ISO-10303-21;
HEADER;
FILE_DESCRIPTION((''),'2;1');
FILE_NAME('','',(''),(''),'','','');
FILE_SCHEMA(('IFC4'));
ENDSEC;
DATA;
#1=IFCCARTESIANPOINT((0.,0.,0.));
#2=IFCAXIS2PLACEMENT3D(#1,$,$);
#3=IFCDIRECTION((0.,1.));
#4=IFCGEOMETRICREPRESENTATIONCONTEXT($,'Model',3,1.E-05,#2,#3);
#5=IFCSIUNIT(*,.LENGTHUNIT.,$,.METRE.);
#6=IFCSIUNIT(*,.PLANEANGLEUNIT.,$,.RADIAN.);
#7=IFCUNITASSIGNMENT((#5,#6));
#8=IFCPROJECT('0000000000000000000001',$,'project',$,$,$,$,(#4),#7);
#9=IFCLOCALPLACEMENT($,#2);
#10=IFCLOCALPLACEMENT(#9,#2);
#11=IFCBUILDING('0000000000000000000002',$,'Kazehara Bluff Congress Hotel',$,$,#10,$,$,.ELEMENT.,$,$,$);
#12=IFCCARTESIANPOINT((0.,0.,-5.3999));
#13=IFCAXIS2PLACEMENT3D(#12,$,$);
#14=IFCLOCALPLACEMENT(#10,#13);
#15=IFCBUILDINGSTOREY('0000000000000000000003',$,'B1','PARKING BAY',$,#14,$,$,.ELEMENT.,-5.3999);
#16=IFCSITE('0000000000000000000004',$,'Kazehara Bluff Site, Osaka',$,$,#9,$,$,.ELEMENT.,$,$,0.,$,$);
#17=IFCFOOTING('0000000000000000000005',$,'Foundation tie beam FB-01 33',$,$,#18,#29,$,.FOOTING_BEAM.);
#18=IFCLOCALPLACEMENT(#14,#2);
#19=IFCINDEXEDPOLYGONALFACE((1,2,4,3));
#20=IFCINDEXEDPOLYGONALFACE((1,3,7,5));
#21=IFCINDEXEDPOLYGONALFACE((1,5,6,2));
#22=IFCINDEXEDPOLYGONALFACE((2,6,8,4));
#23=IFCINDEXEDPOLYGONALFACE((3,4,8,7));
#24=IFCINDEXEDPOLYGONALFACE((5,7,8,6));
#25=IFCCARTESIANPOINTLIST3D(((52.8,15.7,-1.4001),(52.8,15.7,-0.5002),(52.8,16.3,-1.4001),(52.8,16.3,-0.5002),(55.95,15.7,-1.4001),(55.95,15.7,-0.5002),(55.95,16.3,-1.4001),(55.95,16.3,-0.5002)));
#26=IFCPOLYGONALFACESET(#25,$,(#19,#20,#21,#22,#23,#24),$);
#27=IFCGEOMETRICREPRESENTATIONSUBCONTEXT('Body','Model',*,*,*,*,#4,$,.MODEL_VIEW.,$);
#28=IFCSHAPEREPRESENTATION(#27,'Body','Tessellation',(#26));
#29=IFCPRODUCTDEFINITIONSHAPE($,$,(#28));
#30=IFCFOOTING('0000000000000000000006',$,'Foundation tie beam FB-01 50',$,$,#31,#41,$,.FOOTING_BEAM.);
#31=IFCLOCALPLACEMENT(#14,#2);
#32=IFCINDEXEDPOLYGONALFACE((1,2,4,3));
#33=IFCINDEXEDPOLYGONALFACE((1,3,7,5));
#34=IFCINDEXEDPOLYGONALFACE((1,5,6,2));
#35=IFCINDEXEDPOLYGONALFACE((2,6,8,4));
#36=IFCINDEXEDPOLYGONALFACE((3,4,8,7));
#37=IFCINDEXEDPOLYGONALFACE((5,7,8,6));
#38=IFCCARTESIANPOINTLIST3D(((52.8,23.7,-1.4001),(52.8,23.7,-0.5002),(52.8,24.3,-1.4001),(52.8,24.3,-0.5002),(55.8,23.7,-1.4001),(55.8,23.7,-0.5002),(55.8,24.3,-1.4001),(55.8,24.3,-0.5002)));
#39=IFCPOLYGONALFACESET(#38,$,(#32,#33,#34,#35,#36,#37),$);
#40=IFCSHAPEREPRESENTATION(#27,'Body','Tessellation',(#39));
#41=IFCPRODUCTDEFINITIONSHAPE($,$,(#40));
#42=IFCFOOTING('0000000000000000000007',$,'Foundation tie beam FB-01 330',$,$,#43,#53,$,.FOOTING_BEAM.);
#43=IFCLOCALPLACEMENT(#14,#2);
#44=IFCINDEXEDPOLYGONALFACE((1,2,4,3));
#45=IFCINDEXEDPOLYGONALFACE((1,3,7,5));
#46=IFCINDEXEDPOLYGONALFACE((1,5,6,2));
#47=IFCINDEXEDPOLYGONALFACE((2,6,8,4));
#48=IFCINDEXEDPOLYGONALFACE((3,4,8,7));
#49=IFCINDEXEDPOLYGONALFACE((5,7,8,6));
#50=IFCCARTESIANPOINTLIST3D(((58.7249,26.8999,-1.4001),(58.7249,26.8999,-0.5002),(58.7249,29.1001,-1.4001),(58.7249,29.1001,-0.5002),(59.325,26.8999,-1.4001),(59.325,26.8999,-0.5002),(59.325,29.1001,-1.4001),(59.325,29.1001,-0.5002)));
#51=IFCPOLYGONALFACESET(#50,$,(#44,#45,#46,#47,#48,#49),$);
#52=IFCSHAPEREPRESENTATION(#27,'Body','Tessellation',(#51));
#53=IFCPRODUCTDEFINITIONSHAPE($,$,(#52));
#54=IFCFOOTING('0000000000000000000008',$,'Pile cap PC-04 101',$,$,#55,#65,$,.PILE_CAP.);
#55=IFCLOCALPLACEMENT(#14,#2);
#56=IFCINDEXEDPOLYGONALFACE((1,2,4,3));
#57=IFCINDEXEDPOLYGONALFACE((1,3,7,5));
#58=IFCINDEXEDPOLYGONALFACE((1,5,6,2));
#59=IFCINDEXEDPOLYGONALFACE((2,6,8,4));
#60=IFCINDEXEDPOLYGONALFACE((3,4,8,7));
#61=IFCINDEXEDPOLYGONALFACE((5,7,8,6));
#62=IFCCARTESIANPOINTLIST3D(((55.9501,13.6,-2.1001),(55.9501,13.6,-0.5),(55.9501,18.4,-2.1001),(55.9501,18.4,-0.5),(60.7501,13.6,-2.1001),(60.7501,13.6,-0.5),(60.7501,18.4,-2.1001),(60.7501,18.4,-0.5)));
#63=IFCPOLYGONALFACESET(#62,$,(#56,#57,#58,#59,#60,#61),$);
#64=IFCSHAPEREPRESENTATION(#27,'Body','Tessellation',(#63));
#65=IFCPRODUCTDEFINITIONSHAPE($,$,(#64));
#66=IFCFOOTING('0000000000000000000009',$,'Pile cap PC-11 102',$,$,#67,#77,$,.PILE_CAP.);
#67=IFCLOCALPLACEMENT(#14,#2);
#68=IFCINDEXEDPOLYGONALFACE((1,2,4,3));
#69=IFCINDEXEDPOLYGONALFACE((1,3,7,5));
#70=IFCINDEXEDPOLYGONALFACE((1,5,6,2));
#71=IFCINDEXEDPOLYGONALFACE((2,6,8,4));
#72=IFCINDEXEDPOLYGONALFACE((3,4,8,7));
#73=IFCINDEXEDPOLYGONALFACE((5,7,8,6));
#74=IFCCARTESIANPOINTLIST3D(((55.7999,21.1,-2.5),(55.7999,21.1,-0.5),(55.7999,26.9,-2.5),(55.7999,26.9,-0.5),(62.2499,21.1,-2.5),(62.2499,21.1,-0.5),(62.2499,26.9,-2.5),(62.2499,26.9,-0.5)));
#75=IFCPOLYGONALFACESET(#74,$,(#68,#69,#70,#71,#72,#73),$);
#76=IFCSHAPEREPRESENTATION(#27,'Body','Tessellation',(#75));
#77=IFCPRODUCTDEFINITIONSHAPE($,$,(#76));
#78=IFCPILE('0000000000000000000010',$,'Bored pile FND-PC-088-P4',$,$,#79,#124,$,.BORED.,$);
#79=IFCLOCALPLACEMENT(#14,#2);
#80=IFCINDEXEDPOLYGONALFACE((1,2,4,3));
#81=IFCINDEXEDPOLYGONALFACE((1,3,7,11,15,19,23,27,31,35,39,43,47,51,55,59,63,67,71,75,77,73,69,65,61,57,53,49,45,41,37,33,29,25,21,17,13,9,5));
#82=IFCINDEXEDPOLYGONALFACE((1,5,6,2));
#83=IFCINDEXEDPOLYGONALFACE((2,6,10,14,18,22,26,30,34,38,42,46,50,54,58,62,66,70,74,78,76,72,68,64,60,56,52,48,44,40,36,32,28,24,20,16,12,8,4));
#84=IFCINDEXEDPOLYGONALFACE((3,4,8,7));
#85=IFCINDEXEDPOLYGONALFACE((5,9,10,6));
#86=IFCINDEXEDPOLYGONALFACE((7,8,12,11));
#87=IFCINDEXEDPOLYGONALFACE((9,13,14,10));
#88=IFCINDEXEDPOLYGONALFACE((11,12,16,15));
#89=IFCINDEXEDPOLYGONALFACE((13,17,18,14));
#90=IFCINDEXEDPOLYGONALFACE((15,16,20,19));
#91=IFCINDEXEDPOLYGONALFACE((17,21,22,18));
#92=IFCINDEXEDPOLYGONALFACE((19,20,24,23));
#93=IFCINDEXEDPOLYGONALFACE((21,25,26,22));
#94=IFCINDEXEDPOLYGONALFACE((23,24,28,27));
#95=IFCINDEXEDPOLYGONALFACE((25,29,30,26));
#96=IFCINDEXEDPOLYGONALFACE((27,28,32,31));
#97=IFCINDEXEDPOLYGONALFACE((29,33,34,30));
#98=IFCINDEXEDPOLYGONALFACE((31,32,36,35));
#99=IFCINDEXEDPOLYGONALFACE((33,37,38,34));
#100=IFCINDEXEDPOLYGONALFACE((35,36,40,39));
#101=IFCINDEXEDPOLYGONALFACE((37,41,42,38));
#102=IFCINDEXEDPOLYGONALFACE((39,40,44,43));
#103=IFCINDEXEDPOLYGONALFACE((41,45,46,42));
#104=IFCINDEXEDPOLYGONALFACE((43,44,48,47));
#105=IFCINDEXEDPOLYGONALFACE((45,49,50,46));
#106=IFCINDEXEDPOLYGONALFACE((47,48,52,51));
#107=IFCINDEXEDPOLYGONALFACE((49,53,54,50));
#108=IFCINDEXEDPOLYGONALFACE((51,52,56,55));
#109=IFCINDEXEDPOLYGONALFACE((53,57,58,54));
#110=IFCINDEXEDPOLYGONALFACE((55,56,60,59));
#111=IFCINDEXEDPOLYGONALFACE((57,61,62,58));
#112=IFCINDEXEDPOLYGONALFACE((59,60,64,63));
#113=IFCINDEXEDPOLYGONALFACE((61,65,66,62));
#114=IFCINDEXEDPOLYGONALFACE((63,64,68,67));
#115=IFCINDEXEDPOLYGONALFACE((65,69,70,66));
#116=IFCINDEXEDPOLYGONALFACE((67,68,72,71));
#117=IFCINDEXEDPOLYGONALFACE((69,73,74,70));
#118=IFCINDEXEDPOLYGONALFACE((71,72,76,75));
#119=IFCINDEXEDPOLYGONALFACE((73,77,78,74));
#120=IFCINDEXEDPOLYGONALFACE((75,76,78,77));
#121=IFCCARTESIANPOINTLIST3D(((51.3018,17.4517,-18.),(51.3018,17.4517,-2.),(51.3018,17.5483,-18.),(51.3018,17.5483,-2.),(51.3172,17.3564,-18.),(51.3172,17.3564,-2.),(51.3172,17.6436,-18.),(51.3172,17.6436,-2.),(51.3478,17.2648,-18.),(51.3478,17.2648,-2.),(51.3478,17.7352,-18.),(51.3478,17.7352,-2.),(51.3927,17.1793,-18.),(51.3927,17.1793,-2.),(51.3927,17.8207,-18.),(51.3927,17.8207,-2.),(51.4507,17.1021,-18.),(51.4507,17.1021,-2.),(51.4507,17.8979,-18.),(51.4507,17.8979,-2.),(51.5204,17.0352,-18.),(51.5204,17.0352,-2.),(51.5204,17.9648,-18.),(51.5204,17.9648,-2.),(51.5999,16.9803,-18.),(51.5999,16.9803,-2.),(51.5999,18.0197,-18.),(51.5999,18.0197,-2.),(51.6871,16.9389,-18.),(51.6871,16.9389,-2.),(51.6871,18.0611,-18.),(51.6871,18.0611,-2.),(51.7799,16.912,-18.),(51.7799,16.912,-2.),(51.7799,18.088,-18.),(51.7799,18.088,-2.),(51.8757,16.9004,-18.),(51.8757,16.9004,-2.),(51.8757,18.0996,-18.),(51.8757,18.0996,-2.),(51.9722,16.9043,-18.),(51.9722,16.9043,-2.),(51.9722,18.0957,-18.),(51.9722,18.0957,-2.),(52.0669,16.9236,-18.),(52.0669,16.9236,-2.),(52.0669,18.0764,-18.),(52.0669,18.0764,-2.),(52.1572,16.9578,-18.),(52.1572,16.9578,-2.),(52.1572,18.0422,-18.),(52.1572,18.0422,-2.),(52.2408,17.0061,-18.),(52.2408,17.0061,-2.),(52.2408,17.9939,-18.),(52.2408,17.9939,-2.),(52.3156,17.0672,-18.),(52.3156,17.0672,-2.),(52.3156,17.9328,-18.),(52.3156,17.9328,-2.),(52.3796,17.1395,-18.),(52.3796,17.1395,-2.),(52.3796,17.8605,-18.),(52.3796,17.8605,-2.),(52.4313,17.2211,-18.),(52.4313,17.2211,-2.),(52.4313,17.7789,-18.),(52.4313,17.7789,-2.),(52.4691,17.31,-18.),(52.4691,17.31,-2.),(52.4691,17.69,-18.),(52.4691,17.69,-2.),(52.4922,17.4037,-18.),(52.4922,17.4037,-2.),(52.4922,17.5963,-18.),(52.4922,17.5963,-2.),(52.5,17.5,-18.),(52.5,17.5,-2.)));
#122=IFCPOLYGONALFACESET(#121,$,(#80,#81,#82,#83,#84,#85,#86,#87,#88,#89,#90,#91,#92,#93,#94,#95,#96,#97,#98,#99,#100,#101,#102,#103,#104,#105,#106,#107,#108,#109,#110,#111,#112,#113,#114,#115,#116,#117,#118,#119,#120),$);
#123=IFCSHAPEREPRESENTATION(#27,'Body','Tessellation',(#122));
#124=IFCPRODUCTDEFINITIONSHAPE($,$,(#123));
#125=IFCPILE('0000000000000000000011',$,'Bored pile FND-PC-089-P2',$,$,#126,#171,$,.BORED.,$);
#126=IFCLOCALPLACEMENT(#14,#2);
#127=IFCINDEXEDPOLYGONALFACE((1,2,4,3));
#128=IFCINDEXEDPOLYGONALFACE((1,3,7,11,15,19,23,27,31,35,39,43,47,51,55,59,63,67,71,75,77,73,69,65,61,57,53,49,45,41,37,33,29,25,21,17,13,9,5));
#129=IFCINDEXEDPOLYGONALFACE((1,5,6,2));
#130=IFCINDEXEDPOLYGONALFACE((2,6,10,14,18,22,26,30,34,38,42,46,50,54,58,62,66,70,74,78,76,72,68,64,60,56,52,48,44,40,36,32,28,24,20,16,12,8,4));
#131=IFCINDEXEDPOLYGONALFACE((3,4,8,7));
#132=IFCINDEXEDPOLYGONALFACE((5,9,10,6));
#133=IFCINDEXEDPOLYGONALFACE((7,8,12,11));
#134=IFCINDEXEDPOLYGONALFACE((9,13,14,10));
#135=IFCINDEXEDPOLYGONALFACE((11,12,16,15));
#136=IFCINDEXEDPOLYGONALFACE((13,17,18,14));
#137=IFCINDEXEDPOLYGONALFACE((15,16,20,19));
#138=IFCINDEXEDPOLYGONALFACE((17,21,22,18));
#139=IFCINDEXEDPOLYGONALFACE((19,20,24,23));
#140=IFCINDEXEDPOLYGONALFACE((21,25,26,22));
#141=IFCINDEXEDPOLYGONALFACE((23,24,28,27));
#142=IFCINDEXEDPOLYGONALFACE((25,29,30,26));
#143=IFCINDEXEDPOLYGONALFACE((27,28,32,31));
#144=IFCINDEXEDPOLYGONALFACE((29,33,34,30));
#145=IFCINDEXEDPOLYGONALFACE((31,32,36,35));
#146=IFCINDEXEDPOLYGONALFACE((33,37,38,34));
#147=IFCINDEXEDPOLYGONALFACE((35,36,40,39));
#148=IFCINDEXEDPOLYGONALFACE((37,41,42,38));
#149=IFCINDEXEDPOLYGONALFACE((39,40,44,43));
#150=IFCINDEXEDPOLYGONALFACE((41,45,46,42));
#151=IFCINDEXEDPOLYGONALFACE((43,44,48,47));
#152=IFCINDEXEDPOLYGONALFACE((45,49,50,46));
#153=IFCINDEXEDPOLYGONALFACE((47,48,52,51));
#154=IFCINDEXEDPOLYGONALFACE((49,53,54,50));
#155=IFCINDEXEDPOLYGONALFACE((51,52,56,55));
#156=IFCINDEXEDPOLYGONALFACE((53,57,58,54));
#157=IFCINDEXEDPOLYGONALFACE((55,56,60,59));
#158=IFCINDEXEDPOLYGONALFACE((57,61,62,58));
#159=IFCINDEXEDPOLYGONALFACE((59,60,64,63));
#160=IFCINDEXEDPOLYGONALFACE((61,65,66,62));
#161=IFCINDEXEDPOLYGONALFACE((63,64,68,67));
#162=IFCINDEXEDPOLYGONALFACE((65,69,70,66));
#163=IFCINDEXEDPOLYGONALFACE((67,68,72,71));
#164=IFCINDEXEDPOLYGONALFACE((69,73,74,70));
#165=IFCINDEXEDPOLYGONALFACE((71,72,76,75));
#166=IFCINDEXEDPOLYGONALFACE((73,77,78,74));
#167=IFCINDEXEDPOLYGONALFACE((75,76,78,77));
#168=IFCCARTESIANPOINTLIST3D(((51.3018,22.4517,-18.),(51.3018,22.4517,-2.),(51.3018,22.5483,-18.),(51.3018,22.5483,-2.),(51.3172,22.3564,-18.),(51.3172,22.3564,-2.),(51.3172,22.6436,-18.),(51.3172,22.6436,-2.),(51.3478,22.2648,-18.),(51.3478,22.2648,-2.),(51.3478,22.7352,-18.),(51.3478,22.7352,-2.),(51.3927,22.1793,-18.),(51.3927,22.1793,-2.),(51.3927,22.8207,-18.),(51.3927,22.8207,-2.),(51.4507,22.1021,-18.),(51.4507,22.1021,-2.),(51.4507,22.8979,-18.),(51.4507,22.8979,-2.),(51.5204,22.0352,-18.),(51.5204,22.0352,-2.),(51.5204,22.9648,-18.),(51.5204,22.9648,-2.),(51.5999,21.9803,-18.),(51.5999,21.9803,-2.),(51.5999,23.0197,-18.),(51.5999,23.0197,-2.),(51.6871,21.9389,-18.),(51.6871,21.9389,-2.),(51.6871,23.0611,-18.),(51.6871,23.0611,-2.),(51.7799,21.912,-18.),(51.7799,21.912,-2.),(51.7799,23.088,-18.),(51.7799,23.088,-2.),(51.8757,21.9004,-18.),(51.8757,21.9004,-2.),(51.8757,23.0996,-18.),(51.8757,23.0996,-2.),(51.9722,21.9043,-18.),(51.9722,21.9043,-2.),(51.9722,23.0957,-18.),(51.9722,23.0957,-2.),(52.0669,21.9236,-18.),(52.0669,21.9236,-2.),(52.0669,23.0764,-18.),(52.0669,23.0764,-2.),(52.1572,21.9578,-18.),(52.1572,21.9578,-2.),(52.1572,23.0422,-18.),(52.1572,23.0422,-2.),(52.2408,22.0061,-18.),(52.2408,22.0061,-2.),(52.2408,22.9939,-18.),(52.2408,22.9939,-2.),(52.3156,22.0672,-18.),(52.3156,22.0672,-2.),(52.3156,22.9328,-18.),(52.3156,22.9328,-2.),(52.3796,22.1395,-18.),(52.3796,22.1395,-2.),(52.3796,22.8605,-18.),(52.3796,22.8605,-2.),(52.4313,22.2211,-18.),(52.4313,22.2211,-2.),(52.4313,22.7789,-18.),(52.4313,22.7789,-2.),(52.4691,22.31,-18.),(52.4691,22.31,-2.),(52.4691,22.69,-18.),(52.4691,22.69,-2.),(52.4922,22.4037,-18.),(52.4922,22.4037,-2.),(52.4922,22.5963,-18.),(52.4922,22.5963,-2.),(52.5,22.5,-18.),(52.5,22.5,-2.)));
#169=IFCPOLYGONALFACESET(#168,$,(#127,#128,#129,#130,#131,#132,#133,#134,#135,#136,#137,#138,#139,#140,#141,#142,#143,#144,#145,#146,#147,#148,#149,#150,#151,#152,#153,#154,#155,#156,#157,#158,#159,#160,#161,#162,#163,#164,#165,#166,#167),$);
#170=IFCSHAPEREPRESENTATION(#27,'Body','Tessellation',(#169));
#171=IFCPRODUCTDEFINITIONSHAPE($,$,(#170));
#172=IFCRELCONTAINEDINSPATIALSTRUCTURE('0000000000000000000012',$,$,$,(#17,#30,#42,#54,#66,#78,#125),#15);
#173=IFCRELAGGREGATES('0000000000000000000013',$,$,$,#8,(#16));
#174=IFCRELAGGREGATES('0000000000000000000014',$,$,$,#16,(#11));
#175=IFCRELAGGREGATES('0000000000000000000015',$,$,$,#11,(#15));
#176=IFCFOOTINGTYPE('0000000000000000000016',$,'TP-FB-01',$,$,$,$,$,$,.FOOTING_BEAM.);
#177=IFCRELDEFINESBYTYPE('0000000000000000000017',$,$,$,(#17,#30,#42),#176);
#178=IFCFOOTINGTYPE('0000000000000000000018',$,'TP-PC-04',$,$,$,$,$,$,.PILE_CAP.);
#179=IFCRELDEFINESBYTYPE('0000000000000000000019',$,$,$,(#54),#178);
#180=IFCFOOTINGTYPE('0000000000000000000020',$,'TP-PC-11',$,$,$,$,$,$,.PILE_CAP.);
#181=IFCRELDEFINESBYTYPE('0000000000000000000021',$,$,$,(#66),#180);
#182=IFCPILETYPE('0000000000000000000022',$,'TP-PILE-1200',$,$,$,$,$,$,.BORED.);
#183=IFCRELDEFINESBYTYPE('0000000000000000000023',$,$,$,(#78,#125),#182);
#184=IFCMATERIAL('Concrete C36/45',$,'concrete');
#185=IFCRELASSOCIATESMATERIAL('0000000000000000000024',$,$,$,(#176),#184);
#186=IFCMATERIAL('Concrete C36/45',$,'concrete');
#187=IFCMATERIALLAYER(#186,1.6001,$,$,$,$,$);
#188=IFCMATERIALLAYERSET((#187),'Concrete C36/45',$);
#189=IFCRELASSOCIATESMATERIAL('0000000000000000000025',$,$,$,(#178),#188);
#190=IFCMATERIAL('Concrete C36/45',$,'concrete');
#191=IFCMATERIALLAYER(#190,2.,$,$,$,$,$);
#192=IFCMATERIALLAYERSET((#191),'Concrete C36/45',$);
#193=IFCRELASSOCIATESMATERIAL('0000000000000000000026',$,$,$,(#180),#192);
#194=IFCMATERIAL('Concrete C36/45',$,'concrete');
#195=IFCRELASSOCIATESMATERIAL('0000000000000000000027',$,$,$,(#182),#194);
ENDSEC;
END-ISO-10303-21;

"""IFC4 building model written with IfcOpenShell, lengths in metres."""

from ifc_helpers import new_model, si_unit, direction, frame, origin, origin_2d, place, context, subcontext, project, spatial, rectangle, circle, extrude, material, layer, layer_set, material_profile, profile_set, type_object, element, save


model = new_model("IFC4")

# Units and contexts
model_context = context("Model", 3, precision=1e-05, world=origin(), true_north=direction((0.0, 1.0)))
body_context = subcontext(model_context, "Body", "Model", "MODEL_VIEW")
ifc_project = project(units=[si_unit("LENGTHUNIT", "METRE"), si_unit("PLANEANGLEUNIT", "RADIAN")], contexts=[model_context])

# Site, building, storey
site_placement = place(None, origin())
site = spatial("IfcSite", under=ifc_project, at=site_placement, Name="Kazehara Bluff Site, Osaka", CompositionType="ELEMENT", RefElevation=0.0)
building_placement = place(site_placement, origin())
building = spatial("IfcBuilding", under=site, at=building_placement, Name="Kazehara Bluff Congress Hotel", CompositionType="ELEMENT")
storey_placement = place(building_placement, frame((0.0, 0.0, -5.3999)))
storey = spatial("IfcBuildingStorey", under=building, at=storey_placement, Name="B1", Description="PARKING BAY", CompositionType="ELEMENT", Elevation=-5.3999)

# Footings
ifc_material_1 = material(Name="Concrete C36/45", Category="concrete")
ifc_material_profile_1 = material_profile(ifc_material_1, rectangle(XDim=0.6001, YDim=0.8999, at=origin_2d()))
ifc_profile_set_1 = profile_set([ifc_material_profile_1], Name="Concrete C36/45")
footing_type_1 = type_object("IfcFootingType", Name="TP-FB-01", PredefinedType="FOOTING_BEAM", material=ifc_profile_set_1)
footing_1_placement = place(storey_placement, frame((52.8, 16.0, -0.9502), z_axis=(1.0, 0.0, 0.0), x_axis=(0.0, 1.0, 0.0)))
element("IfcFooting", 1, at=footing_1_placement, inside=storey, type_object=footing_type_1, Name="Foundation tie beam FB-01 33", PredefinedType="FOOTING_BEAM", context=body_context, shape_type="SweptSolid", body=[
    extrude(rectangle(XDim=0.6001, YDim=0.8999, at=origin_2d()), origin(), (0.0, 0.0, 1.0), 3.1499),
])
footing_2_placement = place(storey_placement, frame((52.8, 24.0, -0.9502), z_axis=(1.0, 0.0, 0.0), x_axis=(0.0, 1.0, 0.0)))
element("IfcFooting", 2, at=footing_2_placement, inside=storey, type_object=footing_type_1, Name="Foundation tie beam FB-01 50", PredefinedType="FOOTING_BEAM", context=body_context, shape_type="SweptSolid", body=[
    extrude(rectangle(XDim=0.6001, YDim=0.8999, at=origin_2d()), origin(), (0.0, 0.0, 1.0), 3.0),
])
footing_3_placement = place(storey_placement, frame((59.0249, 26.8999, -0.9502), z_axis=(0.0, 1.0, 0.0), x_axis=(-1.0, 0.0, 0.0)))
element("IfcFooting", 3, at=footing_3_placement, inside=storey, type_object=footing_type_1, Name="Foundation tie beam FB-01 330", PredefinedType="FOOTING_BEAM", context=body_context, shape_type="SweptSolid", body=[
    extrude(rectangle(XDim=0.6001, YDim=0.8999, at=origin_2d()), origin(), (0.0, 0.0, 1.0), 2.2002),
])
ifc_material_2 = material(Name="Concrete C36/45", Category="concrete")
ifc_layer_1 = layer(ifc_material_2, 1.6001)
ifc_layer_set_1 = layer_set([ifc_layer_1], Name="Concrete C36/45")
footing_type_2 = type_object("IfcFootingType", Name="TP-PC-04", PredefinedType="PILE_CAP", material=ifc_layer_set_1)
footing_4_placement = place(storey_placement, frame((58.3501, 16.0, -2.1001), z_axis=(0.0, 0.0, 1.0), x_axis=(1.0, 0.0, 0.0)))
element("IfcFooting", 4, at=footing_4_placement, inside=storey, type_object=footing_type_2, Name="Pile cap PC-04 101", PredefinedType="PILE_CAP", context=body_context, shape_type="SweptSolid", body=[
    extrude(rectangle(XDim=4.8, YDim=4.8, at=origin_2d()), origin(), (0.0, 0.0, 1.0), 1.6001),
])
ifc_material_3 = material(Name="Concrete C36/45", Category="concrete")
ifc_layer_2 = layer(ifc_material_3, 2.0)
ifc_layer_set_2 = layer_set([ifc_layer_2], Name="Concrete C36/45")
footing_type_3 = type_object("IfcFootingType", Name="TP-PC-11", PredefinedType="PILE_CAP", material=ifc_layer_set_2)
footing_5_placement = place(storey_placement, frame((59.0249, 24.0, -2.5), z_axis=(0.0, 0.0, 1.0), x_axis=(1.0, 0.0, 0.0)))
element("IfcFooting", 5, at=footing_5_placement, inside=storey, type_object=footing_type_3, Name="Pile cap PC-11 102", PredefinedType="PILE_CAP", context=body_context, shape_type="SweptSolid", body=[
    extrude(rectangle(XDim=6.45, YDim=5.8, at=origin_2d()), origin(), (0.0, 0.0, 1.0), 2.0),
])

# Piles
ifc_material_4 = material(Name="Concrete C36/45", Category="concrete")
ifc_material_profile_2 = material_profile(ifc_material_4, circle(Radius=0.6001, at=origin_2d()))
ifc_profile_set_2 = profile_set([ifc_material_profile_2], Name="Concrete C36/45")
pile_type_1 = type_object("IfcPileType", Name="TP-PILE-1200", PredefinedType="BORED", material=ifc_profile_set_2)
for number, where, z_axis, x_axis, name in (
    (6, (51.8999, 17.5, -2.0), (0.0, 0.0, -1.0), (1.0, 0.0, 0.0), "Bored pile FND-PC-088-P4"),
    (7, (51.8999, 22.5, -2.0), (0.0, 0.0, -1.0), (1.0, 0.0, 0.0), "Bored pile FND-PC-089-P2"),
):
    element("IfcPile", number, at=place(storey_placement, frame(where, z_axis=z_axis, x_axis=x_axis)), inside=storey, type_object=pile_type_1, Name=name, PredefinedType="BORED", context=body_context, shape_type="SweptSolid", body=[
        extrude(circle(Radius=0.6001, at=origin_2d()), origin(), (0.0, 0.0, 1.0), 16.0),
    ])

save(model, "model.ifc")
